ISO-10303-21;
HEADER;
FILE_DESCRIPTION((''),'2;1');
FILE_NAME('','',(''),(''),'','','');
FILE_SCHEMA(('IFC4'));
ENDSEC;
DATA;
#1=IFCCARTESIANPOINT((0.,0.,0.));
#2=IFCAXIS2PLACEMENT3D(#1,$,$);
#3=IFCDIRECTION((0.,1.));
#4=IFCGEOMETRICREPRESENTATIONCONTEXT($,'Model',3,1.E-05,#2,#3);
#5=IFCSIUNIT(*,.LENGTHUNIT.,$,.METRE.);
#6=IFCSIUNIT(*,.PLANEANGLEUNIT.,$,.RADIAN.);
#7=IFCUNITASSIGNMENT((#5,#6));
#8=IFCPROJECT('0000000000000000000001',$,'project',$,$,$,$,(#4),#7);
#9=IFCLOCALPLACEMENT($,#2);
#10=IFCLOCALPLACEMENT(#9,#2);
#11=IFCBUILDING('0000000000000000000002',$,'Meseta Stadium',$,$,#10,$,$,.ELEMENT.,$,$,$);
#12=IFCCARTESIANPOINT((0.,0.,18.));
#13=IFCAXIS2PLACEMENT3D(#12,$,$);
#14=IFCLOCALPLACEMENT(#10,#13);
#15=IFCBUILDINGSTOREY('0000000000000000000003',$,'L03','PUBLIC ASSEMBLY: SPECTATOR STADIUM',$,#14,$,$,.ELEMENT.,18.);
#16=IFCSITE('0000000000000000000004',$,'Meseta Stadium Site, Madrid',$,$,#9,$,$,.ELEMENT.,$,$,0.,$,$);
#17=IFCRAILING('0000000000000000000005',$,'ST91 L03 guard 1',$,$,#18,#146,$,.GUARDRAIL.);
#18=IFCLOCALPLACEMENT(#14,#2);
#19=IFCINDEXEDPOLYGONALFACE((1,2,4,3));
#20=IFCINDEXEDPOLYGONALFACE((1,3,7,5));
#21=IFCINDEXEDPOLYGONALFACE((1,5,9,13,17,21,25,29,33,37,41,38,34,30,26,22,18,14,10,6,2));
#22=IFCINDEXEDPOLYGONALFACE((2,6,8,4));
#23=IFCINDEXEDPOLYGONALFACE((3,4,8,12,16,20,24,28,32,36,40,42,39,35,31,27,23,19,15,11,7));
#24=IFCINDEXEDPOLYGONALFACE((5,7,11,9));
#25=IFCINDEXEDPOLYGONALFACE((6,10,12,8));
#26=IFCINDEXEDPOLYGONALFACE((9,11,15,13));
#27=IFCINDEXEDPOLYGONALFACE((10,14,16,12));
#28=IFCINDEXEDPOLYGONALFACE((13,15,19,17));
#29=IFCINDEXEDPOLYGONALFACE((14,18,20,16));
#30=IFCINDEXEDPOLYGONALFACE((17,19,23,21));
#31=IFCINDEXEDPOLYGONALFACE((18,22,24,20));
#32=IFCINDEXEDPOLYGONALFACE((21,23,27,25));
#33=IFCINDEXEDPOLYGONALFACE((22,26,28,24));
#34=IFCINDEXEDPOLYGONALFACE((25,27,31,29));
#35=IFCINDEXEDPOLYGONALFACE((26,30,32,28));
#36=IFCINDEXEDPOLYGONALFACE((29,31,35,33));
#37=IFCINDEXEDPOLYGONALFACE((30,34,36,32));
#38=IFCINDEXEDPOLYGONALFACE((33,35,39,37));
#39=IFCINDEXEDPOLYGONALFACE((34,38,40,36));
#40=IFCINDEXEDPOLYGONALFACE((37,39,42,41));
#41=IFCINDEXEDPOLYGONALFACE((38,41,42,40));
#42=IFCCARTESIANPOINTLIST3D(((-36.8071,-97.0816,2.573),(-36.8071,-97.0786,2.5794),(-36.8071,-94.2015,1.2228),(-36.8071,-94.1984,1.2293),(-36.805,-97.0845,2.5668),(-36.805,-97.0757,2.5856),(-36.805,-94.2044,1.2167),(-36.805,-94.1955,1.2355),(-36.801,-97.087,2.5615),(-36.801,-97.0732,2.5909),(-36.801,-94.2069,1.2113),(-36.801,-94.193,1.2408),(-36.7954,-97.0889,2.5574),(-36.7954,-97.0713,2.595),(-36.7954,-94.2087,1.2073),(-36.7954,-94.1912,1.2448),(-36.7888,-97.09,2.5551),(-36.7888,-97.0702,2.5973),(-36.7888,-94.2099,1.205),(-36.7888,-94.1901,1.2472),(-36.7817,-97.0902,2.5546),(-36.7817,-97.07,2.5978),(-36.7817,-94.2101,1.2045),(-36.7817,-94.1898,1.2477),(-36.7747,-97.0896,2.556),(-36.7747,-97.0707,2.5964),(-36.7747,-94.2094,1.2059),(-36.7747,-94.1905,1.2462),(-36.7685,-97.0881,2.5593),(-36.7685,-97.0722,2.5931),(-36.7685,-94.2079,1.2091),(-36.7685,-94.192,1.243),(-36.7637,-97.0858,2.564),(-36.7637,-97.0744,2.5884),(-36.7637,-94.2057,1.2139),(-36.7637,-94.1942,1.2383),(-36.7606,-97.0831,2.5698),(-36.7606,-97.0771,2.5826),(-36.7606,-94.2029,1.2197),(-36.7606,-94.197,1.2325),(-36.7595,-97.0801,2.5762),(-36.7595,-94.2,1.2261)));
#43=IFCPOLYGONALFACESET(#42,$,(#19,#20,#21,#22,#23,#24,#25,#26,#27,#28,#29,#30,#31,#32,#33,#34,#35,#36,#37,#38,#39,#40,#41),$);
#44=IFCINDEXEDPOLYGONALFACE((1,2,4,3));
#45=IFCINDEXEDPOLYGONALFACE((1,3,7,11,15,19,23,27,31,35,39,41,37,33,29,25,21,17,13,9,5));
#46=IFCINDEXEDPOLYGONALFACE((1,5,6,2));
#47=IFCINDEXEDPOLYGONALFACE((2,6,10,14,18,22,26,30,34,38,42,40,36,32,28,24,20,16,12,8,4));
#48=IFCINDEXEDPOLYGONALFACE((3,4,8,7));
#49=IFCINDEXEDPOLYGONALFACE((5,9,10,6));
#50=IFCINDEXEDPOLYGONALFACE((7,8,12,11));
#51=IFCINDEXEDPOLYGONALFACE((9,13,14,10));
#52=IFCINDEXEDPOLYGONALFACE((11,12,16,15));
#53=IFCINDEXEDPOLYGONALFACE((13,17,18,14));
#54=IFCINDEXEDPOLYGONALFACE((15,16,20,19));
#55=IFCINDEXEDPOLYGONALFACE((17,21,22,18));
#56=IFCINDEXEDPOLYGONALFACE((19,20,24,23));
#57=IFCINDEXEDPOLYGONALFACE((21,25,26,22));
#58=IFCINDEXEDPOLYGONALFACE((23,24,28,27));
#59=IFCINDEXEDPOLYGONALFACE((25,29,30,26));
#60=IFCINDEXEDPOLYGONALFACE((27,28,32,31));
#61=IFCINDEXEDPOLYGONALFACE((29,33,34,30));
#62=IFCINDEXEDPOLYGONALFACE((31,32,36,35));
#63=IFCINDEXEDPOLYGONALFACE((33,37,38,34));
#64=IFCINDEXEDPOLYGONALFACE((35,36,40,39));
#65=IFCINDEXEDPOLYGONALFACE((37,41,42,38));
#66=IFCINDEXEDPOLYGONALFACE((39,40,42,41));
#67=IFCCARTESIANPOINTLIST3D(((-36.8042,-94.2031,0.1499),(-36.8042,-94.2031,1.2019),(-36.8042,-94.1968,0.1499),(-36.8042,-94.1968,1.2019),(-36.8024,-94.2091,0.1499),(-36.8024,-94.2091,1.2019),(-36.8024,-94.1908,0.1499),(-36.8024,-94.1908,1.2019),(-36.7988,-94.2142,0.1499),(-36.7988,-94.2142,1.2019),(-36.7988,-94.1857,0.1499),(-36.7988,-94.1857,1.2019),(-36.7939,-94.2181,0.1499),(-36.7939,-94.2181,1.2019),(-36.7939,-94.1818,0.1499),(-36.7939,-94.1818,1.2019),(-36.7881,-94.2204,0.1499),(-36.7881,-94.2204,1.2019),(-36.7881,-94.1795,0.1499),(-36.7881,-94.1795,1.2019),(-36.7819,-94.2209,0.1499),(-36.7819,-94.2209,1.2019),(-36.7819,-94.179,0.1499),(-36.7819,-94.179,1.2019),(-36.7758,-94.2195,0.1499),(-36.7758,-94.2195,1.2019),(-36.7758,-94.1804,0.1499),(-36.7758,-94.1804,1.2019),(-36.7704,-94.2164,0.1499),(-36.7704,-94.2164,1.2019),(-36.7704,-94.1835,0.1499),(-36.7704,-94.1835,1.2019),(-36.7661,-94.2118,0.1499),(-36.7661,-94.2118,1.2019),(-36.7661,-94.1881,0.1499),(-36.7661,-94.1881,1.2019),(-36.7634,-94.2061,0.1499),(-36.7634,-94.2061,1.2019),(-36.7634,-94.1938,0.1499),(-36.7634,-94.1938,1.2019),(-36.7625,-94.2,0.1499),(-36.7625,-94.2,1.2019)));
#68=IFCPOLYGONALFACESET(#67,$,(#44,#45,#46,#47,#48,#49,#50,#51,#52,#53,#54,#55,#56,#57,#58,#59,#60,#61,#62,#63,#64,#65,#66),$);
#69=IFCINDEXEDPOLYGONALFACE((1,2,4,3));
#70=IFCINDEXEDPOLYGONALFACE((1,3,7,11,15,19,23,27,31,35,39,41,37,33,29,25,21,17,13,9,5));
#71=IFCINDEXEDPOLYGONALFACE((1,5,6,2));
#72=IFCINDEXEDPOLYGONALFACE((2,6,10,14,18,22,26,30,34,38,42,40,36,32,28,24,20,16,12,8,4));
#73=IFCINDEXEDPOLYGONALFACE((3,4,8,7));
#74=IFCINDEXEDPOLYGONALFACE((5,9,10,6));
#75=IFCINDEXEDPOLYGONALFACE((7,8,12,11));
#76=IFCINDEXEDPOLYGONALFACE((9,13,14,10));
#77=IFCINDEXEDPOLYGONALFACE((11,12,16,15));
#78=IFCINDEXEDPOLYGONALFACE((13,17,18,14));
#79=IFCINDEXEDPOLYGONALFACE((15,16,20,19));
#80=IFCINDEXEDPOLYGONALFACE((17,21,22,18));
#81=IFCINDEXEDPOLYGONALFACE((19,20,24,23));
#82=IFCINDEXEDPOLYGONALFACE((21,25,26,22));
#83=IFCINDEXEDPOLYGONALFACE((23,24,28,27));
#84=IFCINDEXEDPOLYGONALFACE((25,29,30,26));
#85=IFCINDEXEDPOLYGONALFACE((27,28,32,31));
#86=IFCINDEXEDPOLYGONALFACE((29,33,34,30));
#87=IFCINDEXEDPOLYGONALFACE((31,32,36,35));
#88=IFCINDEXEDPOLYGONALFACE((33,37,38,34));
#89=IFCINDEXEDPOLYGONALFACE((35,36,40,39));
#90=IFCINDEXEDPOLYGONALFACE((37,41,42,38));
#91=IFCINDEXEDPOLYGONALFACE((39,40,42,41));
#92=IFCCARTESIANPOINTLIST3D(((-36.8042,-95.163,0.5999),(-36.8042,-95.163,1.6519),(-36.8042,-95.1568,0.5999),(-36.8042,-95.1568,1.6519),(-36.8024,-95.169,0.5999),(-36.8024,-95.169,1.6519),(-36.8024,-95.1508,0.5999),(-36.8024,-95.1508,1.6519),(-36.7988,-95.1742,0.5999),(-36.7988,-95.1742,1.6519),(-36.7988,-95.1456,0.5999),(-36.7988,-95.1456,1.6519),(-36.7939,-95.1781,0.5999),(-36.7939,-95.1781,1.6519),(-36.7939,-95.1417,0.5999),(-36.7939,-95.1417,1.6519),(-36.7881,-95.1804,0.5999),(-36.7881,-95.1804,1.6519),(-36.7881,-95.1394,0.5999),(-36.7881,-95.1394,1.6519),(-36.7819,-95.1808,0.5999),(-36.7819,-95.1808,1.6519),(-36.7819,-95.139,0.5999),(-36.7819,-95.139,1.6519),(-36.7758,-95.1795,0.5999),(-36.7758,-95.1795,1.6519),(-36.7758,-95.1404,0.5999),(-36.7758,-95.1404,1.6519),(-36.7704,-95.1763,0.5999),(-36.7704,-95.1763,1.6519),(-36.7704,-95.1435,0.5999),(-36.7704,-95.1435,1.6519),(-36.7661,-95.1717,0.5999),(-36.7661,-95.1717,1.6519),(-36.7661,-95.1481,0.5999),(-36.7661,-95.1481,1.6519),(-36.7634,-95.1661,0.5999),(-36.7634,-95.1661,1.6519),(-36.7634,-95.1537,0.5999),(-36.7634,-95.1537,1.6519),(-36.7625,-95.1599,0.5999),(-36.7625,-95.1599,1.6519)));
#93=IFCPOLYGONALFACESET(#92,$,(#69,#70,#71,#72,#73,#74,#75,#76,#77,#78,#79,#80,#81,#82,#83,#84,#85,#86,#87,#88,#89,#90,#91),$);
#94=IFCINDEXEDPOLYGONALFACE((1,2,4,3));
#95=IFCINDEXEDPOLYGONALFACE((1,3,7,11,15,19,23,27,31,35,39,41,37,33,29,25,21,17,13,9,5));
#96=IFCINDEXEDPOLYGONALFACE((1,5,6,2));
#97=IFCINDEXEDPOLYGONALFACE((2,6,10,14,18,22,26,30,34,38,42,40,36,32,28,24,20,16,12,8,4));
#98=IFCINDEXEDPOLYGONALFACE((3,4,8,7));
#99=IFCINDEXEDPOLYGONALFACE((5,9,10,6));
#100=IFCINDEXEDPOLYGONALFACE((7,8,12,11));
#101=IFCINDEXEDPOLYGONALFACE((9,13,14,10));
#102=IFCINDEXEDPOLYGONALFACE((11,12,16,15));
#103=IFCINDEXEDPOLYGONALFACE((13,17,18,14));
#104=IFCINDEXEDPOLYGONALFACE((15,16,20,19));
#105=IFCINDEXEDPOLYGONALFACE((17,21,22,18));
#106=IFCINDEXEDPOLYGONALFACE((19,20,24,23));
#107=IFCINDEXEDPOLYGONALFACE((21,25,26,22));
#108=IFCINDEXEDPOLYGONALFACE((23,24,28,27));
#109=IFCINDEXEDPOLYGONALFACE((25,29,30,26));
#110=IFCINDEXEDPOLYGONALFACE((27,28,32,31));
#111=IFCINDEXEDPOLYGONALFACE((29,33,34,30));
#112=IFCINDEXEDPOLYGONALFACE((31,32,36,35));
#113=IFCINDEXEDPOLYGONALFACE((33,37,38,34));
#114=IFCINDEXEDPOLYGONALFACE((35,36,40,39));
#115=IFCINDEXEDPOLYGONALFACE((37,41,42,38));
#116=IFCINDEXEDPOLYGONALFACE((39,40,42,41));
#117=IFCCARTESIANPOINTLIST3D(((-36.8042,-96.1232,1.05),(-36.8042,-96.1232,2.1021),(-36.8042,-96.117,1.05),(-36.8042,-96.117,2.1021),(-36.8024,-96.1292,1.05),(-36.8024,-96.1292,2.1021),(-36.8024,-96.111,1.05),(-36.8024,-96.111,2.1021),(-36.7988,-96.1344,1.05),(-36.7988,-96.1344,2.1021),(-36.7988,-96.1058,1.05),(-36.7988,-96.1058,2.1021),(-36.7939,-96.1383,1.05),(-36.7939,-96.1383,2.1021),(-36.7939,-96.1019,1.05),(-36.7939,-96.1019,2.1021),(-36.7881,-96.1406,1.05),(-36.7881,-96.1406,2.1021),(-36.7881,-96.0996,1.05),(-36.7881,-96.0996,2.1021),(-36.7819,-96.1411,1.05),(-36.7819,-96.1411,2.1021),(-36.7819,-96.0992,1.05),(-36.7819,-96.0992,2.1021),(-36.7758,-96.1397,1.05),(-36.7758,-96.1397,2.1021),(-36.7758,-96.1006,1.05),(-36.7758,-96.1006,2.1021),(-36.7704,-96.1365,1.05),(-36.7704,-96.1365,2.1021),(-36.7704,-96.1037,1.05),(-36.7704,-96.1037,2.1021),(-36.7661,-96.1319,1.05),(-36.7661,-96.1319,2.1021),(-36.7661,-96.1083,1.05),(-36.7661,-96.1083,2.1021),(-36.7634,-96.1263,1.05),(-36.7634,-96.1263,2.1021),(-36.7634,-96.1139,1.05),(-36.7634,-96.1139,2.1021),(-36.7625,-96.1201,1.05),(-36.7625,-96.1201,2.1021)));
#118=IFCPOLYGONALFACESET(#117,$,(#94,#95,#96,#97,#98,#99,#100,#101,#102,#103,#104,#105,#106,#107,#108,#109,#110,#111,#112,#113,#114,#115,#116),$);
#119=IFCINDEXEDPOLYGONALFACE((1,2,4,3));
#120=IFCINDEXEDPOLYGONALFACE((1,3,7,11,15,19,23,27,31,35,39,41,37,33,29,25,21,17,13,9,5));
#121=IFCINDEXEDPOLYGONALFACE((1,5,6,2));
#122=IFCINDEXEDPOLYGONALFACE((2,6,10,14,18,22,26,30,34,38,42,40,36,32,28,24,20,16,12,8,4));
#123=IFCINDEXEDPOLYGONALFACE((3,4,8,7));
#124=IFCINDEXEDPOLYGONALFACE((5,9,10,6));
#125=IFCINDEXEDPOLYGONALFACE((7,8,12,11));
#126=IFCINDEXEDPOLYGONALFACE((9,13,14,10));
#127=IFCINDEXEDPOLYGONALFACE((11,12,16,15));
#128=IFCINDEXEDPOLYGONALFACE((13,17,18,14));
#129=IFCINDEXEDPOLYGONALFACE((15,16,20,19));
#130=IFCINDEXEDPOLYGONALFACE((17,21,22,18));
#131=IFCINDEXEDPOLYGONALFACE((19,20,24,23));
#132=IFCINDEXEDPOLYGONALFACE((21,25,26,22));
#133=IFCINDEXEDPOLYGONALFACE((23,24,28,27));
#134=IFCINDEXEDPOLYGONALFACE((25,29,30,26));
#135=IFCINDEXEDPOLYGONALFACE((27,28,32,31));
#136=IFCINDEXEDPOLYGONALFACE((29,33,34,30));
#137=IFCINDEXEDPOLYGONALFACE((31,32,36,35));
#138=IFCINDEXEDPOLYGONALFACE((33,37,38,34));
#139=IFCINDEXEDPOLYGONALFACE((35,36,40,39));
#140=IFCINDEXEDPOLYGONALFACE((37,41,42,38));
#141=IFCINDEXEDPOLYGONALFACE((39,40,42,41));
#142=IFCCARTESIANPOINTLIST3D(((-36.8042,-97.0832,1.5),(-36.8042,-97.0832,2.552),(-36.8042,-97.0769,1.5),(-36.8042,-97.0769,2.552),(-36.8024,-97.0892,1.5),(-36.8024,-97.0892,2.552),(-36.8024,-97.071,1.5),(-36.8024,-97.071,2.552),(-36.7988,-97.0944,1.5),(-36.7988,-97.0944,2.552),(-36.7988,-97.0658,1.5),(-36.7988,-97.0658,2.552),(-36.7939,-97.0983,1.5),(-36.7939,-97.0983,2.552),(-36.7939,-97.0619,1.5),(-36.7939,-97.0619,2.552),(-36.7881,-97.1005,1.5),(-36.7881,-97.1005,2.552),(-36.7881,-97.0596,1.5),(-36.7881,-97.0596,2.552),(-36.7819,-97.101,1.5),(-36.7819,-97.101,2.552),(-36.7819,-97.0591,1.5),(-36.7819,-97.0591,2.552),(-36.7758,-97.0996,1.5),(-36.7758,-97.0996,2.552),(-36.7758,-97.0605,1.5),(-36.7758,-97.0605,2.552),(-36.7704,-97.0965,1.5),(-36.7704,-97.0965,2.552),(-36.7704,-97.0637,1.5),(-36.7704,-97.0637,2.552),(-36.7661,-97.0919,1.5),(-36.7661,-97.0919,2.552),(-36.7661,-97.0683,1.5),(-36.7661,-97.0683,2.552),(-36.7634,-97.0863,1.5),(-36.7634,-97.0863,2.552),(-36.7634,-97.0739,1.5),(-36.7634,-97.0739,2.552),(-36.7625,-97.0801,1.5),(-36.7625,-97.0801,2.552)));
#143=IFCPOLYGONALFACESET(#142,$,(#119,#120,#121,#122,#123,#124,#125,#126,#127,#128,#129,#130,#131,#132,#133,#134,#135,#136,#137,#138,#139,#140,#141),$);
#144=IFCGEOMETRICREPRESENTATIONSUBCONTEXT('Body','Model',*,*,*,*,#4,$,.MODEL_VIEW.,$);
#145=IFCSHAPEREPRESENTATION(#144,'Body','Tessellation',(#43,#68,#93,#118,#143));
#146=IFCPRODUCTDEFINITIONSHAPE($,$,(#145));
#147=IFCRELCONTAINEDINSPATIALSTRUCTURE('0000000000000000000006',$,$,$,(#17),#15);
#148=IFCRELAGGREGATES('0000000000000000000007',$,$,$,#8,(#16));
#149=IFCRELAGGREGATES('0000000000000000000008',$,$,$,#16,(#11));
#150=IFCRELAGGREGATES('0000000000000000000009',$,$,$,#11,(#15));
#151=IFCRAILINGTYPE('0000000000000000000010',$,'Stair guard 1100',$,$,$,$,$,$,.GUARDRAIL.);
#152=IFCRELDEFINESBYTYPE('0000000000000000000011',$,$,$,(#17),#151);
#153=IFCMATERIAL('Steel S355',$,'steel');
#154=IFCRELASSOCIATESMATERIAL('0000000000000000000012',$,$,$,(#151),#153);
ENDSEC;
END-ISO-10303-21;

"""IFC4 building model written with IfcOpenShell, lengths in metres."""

from ifc_helpers import new_model, si_unit, direction, frame, origin, origin_2d, place, context, subcontext, project, spatial, circle, extrude, material, type_object, element, save


model = new_model("IFC4")

# Units and contexts
model_context = context("Model", 3, precision=1e-05, world=origin(), true_north=direction((0.0, 1.0)))
body_context = subcontext(model_context, "Body", "Model", "MODEL_VIEW")
ifc_project = project(units=[si_unit("LENGTHUNIT", "METRE"), si_unit("PLANEANGLEUNIT", "RADIAN")], contexts=[model_context])

# Site, building, storey
site_placement = place(None, origin())
site = spatial("IfcSite", under=ifc_project, at=site_placement, Name="Meseta Stadium Site, Madrid", CompositionType="ELEMENT", RefElevation=0.0)
building_placement = place(site_placement, origin())
building = spatial("IfcBuilding", under=site, at=building_placement, Name="Meseta Stadium", CompositionType="ELEMENT")
storey_placement = place(building_placement, frame((0.0, 0.0, 18.0)))
storey = spatial("IfcBuildingStorey", under=building, at=storey_placement, Name="L03", Description="PUBLIC ASSEMBLY: SPECTATOR STADIUM", CompositionType="ELEMENT", Elevation=18.0)

# Railing
ifc_material_1 = material(Name="Steel S355", Category="steel")
railing_type_1 = type_object("IfcRailingType", Name="Stair guard 1100", PredefinedType="GUARDRAIL", material=ifc_material_1)
railing_1_placement = place(storey_placement, frame((-36.7834, -94.2, 0.1499)))
element("IfcRailing", 1, at=railing_1_placement, inside=storey, type_object=railing_type_1, Name="ST91 L03 guard 1", PredefinedType="GUARDRAIL", context=body_context, shape_type="SweptSolid", body=[
    extrude(circle(Radius=0.0239, at=origin_2d()), frame((0.0, 0.0, 1.0762), z_axis=(0.0, -0.905454, 0.424444), x_axis=(1.0, 0.0, 0.0)), (0.0, 0.0, 1.0), 3.1809),
    extrude(circle(Radius=0.021, at=origin_2d()), origin(), (0.0, 0.0, 1.0), 1.052),
    extrude(circle(Radius=0.021, at=origin_2d()), frame((0.0, -0.96, 0.45)), (0.0, 0.0, 1.0), 1.052),
    extrude(circle(Radius=0.021, at=origin_2d()), frame((0.0, -1.9202, 0.9001)), (0.0, 0.0, 1.0), 1.052),
    extrude(circle(Radius=0.021, at=origin_2d()), frame((0.0, -2.8801, 1.3501)), (0.0, 0.0, 1.0), 1.052),
])

save(model, "model.ifc")
